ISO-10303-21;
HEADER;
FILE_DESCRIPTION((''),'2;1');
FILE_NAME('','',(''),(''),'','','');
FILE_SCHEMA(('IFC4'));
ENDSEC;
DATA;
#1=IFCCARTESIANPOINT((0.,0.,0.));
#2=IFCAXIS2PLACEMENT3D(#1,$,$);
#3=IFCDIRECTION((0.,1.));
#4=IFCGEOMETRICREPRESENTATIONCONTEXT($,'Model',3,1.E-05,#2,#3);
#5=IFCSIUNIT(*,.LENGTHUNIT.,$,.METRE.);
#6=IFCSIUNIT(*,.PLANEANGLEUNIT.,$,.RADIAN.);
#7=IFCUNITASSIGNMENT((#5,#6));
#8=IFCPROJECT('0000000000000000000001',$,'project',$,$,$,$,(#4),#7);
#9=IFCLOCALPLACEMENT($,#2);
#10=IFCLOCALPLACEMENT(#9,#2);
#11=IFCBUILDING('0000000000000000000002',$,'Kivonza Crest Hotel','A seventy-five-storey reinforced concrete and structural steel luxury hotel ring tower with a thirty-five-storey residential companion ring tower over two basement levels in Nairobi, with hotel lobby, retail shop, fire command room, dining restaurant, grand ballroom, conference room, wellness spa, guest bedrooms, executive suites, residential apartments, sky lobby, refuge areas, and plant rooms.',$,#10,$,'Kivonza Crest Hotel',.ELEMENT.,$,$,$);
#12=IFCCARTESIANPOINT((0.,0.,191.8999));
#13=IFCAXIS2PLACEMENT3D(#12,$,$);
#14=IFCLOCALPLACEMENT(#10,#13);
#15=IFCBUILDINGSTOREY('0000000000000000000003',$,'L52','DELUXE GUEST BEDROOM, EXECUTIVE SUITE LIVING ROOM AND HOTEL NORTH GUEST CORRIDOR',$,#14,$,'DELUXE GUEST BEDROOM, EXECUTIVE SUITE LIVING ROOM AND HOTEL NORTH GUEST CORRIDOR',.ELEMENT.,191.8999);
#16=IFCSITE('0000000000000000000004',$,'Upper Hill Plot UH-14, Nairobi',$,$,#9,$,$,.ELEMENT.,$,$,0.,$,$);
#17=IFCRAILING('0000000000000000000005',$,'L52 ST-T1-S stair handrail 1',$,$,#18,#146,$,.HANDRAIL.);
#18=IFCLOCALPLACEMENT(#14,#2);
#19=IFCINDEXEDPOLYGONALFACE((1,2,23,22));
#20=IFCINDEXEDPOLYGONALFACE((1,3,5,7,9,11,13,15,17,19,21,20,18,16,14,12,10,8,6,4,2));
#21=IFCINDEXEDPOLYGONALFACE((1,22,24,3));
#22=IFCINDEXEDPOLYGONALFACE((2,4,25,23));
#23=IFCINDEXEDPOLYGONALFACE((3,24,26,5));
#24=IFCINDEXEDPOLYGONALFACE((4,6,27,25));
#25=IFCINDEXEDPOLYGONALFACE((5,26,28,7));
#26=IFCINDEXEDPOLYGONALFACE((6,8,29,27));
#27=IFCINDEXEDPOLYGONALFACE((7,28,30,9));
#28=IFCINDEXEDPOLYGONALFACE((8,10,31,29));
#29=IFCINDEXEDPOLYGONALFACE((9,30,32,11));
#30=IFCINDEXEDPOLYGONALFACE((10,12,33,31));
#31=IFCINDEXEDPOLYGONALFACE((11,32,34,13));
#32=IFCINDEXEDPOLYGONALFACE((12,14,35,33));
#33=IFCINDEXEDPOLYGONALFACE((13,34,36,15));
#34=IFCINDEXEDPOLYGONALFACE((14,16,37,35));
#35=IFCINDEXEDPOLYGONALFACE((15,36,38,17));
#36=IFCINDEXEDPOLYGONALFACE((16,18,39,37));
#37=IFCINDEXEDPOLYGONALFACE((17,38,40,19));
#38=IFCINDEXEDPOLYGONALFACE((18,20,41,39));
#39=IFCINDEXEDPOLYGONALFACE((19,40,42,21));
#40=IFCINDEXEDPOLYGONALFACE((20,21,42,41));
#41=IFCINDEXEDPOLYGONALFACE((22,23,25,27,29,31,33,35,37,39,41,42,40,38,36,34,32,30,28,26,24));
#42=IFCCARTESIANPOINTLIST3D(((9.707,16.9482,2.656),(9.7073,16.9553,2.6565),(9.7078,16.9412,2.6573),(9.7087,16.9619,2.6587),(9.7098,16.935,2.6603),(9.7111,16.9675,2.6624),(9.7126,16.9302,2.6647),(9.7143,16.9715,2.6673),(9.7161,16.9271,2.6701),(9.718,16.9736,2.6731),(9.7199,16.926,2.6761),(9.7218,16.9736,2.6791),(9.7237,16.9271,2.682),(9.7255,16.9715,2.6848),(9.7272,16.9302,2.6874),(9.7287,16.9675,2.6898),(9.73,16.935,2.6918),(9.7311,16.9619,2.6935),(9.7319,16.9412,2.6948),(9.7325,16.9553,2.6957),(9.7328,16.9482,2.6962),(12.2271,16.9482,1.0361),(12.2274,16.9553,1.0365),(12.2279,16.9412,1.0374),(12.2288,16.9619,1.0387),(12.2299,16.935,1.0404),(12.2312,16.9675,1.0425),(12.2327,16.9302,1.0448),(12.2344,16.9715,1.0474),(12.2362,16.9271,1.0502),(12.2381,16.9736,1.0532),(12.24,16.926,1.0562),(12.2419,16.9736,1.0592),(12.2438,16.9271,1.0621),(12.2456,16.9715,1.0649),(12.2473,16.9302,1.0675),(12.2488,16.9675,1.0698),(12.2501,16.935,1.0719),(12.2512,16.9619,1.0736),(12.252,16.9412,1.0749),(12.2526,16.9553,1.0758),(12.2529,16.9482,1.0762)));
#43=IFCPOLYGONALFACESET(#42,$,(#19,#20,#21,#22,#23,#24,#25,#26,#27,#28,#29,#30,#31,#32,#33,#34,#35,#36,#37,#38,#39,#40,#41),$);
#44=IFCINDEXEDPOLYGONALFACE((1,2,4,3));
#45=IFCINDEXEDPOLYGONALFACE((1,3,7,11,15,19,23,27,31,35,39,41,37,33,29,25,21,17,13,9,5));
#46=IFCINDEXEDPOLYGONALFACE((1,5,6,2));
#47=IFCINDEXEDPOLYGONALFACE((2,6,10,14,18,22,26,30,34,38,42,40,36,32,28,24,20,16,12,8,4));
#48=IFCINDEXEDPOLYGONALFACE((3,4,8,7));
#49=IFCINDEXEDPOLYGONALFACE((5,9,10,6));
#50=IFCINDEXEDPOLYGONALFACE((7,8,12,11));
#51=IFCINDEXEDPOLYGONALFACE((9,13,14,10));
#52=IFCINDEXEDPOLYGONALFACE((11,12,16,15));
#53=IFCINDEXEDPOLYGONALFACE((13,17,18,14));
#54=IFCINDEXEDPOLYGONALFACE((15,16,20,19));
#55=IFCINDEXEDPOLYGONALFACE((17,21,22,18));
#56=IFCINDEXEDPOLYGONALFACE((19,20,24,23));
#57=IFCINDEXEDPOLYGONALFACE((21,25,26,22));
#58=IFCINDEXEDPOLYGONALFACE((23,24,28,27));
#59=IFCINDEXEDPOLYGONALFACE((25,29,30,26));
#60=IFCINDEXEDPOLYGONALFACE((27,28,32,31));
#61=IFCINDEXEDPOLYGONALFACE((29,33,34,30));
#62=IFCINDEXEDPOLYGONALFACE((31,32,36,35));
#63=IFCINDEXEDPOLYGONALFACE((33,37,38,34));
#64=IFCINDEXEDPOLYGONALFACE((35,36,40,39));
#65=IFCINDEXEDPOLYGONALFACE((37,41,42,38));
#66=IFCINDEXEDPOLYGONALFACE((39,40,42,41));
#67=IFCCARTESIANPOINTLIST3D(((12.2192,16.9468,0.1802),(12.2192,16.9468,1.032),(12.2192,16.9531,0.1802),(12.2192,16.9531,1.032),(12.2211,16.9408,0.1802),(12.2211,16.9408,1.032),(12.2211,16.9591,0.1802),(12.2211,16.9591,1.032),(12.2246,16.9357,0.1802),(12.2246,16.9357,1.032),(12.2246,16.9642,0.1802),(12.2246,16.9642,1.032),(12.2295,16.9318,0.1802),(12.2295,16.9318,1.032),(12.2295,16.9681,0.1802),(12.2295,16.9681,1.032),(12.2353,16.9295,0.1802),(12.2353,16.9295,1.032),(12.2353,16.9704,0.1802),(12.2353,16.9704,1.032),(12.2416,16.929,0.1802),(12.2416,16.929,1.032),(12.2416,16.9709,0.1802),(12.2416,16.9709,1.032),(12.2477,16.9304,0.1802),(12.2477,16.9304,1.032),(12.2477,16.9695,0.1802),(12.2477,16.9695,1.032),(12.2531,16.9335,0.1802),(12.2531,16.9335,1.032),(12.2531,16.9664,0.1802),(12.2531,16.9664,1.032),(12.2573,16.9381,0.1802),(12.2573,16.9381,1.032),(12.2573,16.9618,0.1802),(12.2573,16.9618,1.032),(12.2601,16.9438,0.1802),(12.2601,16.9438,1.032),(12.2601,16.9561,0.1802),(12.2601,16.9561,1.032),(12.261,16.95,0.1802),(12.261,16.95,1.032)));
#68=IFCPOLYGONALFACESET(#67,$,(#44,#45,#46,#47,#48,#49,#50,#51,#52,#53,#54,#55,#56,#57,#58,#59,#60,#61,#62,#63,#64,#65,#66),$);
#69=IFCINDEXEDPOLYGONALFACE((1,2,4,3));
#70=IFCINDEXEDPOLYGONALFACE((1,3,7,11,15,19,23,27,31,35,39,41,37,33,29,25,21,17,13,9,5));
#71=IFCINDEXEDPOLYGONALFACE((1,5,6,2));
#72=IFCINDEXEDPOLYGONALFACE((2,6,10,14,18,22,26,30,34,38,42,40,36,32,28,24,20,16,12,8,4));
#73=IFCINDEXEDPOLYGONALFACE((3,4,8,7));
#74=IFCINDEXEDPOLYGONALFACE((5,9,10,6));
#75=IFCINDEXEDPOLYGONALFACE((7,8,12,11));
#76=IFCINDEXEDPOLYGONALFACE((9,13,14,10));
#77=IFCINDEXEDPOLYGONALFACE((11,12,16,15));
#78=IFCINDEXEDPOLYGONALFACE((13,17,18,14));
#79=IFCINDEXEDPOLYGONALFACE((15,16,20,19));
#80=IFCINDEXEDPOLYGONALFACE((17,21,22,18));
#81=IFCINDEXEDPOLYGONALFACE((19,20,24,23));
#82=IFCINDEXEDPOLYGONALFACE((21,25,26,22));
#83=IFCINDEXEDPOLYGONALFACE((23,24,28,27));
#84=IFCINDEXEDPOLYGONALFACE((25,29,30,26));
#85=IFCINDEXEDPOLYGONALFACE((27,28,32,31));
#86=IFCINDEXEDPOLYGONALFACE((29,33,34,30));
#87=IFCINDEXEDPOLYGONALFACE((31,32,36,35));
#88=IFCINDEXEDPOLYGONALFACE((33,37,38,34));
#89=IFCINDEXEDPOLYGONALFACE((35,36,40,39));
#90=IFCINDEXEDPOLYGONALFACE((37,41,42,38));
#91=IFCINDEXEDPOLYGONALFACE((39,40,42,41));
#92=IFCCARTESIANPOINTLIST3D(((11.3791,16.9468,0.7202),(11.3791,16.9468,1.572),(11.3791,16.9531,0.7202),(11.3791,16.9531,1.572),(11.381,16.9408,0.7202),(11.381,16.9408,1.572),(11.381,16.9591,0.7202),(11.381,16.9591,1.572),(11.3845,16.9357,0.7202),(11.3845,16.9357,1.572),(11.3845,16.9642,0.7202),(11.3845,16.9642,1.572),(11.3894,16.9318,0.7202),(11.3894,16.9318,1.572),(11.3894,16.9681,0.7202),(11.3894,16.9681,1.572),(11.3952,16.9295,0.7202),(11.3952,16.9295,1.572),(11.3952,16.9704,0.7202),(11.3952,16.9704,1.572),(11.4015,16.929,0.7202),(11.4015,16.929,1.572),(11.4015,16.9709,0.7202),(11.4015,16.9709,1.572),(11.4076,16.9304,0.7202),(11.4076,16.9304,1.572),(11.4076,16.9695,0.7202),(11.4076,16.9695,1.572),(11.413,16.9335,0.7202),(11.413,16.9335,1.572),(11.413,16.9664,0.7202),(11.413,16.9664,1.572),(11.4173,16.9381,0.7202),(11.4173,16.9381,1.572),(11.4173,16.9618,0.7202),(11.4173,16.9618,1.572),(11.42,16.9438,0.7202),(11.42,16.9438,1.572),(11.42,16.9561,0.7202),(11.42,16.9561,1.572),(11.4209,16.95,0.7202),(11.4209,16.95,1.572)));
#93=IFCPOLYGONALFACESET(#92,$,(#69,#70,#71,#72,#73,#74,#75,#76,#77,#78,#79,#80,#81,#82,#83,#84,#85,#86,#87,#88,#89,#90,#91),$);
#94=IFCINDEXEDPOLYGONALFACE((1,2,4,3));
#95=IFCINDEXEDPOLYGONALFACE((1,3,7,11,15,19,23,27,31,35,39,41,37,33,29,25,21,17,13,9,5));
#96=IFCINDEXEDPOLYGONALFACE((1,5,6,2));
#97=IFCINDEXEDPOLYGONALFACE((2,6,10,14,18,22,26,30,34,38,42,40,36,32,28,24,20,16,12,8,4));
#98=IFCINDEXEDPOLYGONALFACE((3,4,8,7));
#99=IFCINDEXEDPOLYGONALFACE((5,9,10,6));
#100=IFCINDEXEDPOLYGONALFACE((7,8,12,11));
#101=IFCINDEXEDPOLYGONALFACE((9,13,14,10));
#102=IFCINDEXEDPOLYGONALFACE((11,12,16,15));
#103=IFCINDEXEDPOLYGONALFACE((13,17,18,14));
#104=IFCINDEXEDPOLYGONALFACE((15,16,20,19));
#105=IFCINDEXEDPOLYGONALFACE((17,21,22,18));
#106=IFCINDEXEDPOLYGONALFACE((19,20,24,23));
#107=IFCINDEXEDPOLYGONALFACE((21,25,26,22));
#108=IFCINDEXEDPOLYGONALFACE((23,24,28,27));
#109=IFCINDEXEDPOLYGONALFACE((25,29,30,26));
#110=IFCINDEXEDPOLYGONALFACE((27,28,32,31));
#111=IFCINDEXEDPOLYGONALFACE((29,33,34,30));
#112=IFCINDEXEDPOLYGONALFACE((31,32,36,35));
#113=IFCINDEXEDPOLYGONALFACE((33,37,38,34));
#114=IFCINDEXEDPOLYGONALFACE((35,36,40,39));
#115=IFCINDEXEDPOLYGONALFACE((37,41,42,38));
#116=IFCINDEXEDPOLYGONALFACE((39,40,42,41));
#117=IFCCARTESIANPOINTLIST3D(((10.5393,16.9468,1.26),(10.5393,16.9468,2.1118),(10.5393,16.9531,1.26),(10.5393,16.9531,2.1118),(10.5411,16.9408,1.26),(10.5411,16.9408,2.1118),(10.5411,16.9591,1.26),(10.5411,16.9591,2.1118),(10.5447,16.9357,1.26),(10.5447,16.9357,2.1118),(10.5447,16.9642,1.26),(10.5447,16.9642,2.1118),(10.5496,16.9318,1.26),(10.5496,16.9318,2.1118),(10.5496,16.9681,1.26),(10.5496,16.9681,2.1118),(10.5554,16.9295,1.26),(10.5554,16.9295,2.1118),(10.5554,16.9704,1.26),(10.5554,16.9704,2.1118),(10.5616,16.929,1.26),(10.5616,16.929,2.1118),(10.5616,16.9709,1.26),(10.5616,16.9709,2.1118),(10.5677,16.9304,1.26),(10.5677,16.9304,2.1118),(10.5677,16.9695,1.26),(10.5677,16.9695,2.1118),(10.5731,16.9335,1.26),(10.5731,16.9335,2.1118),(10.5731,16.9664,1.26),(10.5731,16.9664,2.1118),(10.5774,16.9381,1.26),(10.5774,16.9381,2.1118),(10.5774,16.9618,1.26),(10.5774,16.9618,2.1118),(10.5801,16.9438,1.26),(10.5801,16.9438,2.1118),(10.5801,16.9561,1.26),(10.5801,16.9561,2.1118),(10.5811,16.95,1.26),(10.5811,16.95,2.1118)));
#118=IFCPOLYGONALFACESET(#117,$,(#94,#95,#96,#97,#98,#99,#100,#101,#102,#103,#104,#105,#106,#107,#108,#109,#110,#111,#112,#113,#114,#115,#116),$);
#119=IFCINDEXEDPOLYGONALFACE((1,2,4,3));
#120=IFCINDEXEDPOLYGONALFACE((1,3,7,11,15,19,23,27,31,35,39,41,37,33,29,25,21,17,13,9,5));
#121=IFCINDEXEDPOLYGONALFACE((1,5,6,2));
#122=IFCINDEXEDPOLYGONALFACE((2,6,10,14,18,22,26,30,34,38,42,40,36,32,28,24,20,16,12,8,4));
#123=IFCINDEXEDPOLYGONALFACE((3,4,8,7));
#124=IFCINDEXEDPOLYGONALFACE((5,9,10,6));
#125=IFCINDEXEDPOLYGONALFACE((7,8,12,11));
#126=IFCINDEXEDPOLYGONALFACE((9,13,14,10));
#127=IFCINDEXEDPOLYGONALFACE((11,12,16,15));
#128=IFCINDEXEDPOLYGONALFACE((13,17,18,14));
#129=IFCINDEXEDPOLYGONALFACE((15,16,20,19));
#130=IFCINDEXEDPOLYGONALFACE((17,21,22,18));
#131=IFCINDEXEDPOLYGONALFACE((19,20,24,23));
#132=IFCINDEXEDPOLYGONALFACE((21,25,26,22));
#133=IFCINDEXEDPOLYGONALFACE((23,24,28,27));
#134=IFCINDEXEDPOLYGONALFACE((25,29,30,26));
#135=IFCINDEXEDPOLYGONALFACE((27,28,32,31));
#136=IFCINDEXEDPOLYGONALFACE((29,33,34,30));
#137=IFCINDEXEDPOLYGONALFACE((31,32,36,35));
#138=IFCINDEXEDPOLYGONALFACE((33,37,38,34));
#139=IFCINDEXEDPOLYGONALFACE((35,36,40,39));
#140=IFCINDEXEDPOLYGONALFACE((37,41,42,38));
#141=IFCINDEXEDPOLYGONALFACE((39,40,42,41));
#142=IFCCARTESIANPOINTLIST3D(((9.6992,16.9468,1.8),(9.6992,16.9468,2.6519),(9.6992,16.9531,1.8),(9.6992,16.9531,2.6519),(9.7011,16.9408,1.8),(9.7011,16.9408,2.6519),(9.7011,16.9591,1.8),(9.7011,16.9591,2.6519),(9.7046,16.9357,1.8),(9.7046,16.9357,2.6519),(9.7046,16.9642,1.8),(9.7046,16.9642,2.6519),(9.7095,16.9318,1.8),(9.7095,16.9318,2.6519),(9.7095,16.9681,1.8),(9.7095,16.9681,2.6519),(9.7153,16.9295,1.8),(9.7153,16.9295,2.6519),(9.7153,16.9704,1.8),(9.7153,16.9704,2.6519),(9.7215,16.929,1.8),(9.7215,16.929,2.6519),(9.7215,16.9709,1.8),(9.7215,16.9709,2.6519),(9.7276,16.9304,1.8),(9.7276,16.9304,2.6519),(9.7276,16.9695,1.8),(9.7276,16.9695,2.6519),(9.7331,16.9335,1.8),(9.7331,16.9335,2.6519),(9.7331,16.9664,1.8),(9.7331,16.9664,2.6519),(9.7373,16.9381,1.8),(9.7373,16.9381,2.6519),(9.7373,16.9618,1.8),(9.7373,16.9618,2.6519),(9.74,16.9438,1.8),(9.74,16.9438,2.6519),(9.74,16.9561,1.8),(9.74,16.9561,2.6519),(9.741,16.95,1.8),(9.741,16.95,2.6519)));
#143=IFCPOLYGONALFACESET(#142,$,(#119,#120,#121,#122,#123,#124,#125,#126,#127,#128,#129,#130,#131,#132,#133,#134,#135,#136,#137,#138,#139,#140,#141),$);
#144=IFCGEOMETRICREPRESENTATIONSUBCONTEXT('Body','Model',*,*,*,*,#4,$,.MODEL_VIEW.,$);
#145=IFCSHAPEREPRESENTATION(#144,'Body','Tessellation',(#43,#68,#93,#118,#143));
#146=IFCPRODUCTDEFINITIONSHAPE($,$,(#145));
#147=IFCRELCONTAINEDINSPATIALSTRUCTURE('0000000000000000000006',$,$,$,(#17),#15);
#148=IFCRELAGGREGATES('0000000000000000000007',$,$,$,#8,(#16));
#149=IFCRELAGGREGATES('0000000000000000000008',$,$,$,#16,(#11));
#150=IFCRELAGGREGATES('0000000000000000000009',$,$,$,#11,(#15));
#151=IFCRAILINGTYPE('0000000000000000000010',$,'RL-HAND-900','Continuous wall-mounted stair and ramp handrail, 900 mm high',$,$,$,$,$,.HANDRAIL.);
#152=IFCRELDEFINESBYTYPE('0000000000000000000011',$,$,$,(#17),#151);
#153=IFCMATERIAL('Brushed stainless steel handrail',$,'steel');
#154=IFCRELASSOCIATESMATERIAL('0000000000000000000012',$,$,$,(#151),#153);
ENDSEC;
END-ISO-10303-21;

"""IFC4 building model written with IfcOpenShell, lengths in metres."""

from ifc_helpers import new_model, si_unit, direction, frame, origin, origin_2d, place, context, subcontext, project, spatial, circle, extrude, material, type_object, element, save


model = new_model("IFC4")

# Units and contexts
model_context = context("Model", 3, precision=1e-05, world=origin(), true_north=direction((0.0, 1.0)))
body_context = subcontext(model_context, "Body", "Model", "MODEL_VIEW")
ifc_project = project(units=[si_unit("LENGTHUNIT", "METRE"), si_unit("PLANEANGLEUNIT", "RADIAN")], contexts=[model_context])

# Site, building, storey
site_placement = place(None, origin())
site = spatial("IfcSite", under=ifc_project, at=site_placement, Name="Upper Hill Plot UH-14, Nairobi", CompositionType="ELEMENT", RefElevation=0.0)
building_placement = place(site_placement, origin())
building = spatial("IfcBuilding", under=site, at=building_placement, Name="Kivonza Crest Hotel", Description="A seventy-five-storey reinforced concrete and structural steel luxury hotel ring tower with a thirty-five-storey residential companion ring tower over two basement levels in Nairobi, with hotel lobby, retail shop, fire command room, dining restaurant, grand ballroom, conference room, wellness spa, guest bedrooms, executive suites, residential apartments, sky lobby, refuge areas, and plant rooms.", LongName="Kivonza Crest Hotel", CompositionType="ELEMENT")
storey_placement = place(building_placement, frame((0.0, 0.0, 191.8999)))
storey = spatial("IfcBuildingStorey", under=building, at=storey_placement, Name="L52", Description="DELUXE GUEST BEDROOM, EXECUTIVE SUITE LIVING ROOM AND HOTEL NORTH GUEST CORRIDOR", LongName="DELUXE GUEST BEDROOM, EXECUTIVE SUITE LIVING ROOM AND HOTEL NORTH GUEST CORRIDOR", CompositionType="ELEMENT", Elevation=191.8999)

# Railing
ifc_material_1 = material(Name="Brushed stainless steel handrail", Category="steel")
railing_type_1 = type_object("IfcRailingType", Name="RL-HAND-900", Description="Continuous wall-mounted stair and ramp handrail, 900 mm high", PredefinedType="HANDRAIL", material=ifc_material_1)
railing_1_placement = place(storey_placement, frame((12.24, 16.95, 0.1802)))
element("IfcRailing", 1, at=railing_1_placement, inside=storey, type_object=railing_type_1, Name="L52 ST-T1-S stair handrail 1", PredefinedType="HANDRAIL", context=body_context, shape_type="SweptSolid", body=[
    extrude(circle(Radius=0.0239, at=origin_2d()), frame((0.0, 0.0, 0.876), z_axis=(-0.8412, 0.0, 0.540725), x_axis=(0.0, -1.0, 0.0)), (0.0, 0.0, 1.0), 2.9958),
    extrude(circle(Radius=0.021, at=origin_2d()), origin(), (0.0, 0.0, 1.0), 0.8518),
    extrude(circle(Radius=0.021, at=origin_2d()), frame((-0.8401, 0.0, 0.54)), (0.0, 0.0, 1.0), 0.8518),
    extrude(circle(Radius=0.021, at=origin_2d()), frame((-1.6799, 0.0, 1.0798)), (0.0, 0.0, 1.0), 0.8518),
    extrude(circle(Radius=0.021, at=origin_2d()), frame((-2.52, 0.0, 1.6199)), (0.0, 0.0, 1.0), 0.8518),
])

save(model, "model.ifc")
